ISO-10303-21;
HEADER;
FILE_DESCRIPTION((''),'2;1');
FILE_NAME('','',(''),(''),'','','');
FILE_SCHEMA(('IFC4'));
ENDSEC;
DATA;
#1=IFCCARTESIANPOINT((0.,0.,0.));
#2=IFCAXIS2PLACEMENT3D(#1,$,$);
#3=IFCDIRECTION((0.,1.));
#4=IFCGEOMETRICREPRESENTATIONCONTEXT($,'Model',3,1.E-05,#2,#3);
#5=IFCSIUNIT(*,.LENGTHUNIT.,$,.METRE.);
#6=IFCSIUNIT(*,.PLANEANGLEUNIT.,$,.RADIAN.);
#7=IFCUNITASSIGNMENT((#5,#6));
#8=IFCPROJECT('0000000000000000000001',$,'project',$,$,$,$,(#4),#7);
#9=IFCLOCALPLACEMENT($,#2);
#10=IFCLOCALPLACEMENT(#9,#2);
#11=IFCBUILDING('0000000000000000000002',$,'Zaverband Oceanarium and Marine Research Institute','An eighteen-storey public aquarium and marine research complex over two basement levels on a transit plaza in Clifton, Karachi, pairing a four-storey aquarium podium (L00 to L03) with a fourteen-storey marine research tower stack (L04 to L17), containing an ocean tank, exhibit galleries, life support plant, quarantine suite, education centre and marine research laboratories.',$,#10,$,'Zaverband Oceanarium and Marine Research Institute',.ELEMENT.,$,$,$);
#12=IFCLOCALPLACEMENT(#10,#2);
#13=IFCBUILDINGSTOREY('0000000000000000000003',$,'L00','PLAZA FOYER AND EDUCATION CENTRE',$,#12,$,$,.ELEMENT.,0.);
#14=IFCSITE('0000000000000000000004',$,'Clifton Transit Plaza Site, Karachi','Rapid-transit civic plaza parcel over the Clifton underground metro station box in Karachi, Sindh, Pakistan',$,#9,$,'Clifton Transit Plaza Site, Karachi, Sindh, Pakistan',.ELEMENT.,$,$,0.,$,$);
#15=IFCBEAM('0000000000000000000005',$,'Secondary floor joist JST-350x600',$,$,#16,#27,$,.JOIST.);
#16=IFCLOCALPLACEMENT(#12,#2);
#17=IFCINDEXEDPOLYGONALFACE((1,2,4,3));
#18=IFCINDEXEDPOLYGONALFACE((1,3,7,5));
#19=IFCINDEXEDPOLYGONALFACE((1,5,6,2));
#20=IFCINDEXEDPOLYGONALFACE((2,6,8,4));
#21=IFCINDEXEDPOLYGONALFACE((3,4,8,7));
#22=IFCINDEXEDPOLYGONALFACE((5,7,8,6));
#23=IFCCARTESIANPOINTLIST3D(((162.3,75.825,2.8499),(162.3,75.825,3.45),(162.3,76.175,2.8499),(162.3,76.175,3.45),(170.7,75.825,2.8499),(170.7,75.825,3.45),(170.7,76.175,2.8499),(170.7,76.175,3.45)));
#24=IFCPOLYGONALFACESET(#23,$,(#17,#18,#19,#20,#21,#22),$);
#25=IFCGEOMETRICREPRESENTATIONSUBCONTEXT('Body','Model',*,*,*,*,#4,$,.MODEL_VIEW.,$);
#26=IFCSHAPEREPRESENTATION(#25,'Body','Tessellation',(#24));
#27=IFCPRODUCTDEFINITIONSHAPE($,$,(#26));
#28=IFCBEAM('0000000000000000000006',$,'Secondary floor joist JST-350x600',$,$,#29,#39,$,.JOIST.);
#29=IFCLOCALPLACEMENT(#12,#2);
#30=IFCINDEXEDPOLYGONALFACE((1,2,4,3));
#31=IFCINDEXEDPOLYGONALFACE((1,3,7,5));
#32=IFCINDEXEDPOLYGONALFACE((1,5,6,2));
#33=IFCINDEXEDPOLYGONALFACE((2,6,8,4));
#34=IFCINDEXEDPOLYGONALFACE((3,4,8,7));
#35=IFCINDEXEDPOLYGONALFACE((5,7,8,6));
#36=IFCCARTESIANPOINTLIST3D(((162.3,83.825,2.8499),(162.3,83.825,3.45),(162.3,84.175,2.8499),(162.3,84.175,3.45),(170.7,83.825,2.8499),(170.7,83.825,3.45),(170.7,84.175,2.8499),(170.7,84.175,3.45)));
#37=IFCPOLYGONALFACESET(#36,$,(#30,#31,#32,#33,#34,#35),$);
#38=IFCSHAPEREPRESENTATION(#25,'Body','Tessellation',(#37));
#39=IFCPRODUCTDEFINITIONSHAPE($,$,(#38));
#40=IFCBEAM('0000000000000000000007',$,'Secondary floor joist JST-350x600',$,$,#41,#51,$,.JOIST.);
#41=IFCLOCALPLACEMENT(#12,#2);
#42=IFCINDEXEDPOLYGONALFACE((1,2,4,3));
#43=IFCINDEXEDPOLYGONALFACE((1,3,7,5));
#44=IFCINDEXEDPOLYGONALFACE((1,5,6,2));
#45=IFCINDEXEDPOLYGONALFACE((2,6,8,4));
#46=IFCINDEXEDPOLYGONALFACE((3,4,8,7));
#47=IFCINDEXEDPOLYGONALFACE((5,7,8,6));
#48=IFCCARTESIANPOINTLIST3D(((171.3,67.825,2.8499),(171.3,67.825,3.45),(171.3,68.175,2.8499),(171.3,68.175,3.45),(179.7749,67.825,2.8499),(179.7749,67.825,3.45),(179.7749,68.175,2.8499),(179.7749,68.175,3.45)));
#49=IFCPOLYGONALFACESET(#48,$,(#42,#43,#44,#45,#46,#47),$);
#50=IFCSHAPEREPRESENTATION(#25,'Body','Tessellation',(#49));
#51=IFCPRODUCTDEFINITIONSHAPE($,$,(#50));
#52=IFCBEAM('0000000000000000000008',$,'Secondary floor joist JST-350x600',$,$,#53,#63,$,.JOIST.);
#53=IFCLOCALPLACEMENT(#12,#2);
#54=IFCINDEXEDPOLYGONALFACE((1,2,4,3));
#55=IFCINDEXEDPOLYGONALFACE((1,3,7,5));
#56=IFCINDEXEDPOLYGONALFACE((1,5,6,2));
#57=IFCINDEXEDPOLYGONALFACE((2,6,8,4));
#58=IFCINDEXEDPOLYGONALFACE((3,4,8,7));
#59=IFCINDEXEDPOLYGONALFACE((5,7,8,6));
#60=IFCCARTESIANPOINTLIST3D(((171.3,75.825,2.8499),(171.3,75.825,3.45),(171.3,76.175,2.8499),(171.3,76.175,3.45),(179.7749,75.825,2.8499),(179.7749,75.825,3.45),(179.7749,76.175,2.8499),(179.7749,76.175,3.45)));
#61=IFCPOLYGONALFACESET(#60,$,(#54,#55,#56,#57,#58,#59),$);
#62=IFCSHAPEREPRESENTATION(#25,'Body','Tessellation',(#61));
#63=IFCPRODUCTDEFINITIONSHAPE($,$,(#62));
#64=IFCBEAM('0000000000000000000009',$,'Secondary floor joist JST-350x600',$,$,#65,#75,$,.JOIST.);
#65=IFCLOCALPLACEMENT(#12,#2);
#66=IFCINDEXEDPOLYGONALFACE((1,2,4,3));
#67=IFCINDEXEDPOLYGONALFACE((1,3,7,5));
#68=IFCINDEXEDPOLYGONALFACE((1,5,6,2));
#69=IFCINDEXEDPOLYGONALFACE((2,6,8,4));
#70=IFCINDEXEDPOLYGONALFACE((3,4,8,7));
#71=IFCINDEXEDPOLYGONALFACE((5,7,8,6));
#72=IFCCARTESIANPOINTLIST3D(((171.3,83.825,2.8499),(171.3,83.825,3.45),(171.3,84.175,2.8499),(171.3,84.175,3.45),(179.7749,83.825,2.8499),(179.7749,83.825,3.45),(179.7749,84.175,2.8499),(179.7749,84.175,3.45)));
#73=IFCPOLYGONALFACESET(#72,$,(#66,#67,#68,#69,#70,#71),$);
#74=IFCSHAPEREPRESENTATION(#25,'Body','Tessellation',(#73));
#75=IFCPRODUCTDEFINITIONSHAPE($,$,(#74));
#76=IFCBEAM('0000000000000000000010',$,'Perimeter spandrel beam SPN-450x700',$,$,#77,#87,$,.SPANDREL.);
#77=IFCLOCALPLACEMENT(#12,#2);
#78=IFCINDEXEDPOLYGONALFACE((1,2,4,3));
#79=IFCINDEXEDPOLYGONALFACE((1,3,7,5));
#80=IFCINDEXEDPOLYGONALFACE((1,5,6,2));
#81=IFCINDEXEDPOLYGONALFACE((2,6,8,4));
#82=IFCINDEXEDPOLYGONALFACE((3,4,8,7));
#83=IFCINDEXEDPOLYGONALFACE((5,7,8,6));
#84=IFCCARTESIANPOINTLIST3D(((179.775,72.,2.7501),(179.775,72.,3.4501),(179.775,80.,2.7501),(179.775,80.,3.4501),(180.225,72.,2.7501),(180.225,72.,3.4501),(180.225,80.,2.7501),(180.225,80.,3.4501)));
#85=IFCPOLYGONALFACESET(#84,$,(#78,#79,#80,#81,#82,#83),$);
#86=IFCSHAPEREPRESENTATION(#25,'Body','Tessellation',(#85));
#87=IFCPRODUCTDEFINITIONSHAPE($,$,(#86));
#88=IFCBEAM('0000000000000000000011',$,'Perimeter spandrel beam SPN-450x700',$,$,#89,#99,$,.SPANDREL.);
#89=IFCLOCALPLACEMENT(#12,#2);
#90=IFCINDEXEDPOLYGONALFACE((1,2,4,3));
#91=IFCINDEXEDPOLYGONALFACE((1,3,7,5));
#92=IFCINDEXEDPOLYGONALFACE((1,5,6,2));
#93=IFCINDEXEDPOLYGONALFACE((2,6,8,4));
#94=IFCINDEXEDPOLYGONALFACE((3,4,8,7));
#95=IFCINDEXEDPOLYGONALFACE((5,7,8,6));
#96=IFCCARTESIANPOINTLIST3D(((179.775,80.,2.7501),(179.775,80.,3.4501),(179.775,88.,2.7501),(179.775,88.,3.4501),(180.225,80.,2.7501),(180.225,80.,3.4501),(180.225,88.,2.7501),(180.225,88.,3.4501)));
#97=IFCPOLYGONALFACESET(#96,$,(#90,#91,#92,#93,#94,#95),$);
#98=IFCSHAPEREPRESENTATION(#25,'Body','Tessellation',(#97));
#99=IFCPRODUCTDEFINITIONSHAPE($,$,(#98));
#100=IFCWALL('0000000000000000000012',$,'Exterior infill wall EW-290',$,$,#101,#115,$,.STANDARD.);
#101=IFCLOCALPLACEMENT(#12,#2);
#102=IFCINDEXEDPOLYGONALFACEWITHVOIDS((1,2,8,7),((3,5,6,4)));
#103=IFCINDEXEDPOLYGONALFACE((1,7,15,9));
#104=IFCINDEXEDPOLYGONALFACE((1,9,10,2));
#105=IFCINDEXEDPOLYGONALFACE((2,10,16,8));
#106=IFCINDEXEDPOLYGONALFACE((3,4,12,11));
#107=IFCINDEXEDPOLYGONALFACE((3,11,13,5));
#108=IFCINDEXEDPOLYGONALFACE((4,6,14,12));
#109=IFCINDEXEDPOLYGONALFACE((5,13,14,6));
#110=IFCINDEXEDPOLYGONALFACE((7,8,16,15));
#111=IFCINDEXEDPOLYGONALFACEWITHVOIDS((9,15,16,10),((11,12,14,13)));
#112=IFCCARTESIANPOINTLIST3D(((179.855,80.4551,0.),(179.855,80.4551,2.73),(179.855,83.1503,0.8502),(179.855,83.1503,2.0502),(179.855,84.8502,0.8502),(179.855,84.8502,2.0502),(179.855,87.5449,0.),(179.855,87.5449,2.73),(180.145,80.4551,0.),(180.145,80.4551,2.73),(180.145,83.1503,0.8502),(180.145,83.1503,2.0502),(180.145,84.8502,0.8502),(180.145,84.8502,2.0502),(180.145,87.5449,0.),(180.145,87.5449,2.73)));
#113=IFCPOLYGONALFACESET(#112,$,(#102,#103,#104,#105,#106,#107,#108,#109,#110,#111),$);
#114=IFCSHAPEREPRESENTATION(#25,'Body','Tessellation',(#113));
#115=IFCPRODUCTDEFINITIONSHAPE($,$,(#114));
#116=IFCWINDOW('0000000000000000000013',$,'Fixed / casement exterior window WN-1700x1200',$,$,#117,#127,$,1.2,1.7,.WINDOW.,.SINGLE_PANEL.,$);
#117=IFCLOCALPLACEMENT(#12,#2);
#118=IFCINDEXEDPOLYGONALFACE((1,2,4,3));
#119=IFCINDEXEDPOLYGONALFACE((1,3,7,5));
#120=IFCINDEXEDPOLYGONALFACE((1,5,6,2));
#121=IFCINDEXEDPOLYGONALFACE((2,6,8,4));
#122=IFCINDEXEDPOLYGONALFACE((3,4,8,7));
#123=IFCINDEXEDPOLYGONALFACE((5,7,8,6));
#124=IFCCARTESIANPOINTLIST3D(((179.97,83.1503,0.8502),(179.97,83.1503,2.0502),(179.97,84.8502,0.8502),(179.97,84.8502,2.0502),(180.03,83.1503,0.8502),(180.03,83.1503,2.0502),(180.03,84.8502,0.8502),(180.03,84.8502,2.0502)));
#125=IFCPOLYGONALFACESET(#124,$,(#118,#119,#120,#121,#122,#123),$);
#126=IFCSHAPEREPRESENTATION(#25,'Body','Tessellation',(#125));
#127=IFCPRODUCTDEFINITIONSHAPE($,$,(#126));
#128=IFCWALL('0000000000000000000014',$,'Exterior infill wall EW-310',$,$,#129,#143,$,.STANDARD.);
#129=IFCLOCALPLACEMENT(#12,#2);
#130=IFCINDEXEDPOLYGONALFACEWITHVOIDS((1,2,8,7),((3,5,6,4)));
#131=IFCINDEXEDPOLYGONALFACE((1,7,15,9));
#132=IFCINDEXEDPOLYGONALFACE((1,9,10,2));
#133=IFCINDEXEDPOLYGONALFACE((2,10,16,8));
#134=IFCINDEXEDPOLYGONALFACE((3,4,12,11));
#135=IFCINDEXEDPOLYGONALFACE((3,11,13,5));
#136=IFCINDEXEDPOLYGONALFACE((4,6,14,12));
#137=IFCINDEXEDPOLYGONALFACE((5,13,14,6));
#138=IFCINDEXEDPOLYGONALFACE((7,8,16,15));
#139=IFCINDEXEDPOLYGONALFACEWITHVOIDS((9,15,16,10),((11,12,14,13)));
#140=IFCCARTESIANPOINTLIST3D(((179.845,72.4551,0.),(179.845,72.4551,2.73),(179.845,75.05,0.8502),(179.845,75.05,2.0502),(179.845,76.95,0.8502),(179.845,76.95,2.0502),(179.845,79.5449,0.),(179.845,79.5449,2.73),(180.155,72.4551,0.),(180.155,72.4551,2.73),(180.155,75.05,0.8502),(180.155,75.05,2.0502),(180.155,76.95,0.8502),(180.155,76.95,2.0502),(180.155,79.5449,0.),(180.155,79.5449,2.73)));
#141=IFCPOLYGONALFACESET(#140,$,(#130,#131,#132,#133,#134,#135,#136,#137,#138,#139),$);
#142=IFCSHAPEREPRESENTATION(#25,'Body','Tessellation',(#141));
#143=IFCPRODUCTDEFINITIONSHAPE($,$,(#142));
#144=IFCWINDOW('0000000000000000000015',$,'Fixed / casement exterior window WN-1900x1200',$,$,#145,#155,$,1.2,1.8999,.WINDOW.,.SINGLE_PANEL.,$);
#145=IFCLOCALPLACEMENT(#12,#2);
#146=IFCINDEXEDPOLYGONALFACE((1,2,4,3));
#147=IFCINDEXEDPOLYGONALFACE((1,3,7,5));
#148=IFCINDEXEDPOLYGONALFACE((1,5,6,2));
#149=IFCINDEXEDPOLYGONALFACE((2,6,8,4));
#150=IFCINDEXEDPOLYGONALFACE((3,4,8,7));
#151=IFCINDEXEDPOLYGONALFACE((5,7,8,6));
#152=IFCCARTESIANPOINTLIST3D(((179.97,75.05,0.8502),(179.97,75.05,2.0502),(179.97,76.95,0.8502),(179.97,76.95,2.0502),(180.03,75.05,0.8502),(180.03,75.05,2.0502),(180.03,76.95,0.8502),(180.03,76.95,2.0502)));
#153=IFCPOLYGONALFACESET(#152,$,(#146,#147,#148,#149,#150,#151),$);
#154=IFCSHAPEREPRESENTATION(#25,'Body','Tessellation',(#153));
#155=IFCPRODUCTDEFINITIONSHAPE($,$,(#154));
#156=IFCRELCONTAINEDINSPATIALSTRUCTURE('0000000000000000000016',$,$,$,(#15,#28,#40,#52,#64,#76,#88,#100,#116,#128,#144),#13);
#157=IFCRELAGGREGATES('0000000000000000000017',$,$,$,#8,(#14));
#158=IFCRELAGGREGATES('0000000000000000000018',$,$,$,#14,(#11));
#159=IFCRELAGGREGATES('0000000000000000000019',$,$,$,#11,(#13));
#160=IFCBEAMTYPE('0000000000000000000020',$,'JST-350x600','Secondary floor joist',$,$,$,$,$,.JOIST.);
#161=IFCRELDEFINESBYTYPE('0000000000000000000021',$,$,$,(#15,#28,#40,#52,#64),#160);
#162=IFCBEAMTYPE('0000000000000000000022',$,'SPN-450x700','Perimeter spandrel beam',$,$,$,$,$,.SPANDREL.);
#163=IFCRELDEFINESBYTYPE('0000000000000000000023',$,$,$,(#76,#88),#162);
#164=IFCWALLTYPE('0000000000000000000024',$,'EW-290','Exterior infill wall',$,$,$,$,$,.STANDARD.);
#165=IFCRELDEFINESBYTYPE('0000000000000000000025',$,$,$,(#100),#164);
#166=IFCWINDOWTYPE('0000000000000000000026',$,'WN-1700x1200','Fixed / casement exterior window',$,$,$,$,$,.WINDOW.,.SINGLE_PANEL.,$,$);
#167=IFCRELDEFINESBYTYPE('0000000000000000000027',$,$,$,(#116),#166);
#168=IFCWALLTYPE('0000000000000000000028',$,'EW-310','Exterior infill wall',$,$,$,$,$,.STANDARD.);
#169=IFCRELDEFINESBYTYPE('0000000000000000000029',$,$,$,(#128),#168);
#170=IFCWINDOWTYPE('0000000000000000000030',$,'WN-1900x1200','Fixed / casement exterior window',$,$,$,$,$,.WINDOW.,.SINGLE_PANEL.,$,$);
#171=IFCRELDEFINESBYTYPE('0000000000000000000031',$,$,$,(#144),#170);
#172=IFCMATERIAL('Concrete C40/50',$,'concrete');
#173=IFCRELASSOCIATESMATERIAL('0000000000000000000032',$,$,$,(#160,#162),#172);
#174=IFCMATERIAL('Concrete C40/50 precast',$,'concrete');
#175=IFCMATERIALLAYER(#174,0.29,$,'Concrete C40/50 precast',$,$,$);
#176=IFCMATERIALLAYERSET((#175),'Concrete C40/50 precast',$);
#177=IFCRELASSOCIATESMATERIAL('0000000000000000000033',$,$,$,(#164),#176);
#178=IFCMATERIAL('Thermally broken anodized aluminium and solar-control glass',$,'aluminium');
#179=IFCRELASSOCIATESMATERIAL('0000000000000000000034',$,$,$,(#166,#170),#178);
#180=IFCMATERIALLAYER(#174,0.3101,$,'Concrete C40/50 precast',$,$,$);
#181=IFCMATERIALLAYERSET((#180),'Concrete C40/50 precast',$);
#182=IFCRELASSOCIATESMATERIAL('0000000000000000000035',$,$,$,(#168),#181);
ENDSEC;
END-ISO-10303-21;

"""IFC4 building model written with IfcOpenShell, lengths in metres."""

from ifc_helpers import new_model, si_unit, direction, frame, frame_2d, origin, origin_2d, place, context, subcontext, project, spatial, rectangle, extrude, material, layer, layer_set, material_profile, profile_set, type_object, element, fill, save


model = new_model("IFC4")

# Units and contexts
model_context = context("Model", 3, precision=1e-05, world=origin(), true_north=direction((0.0, 1.0)))
body_context = subcontext(model_context, "Body", "Model", "MODEL_VIEW")
ifc_project = project(units=[si_unit("LENGTHUNIT", "METRE"), si_unit("PLANEANGLEUNIT", "RADIAN")], contexts=[model_context])

# Site, building, storey
site_placement = place(None, origin())
site = spatial("IfcSite", under=ifc_project, at=site_placement, Name="Clifton Transit Plaza Site, Karachi", Description="Rapid-transit civic plaza parcel over the Clifton underground metro station box in Karachi, Sindh, Pakistan", LongName="Clifton Transit Plaza Site, Karachi, Sindh, Pakistan", CompositionType="ELEMENT", RefElevation=0.0)
building_placement = place(site_placement, origin())
building = spatial("IfcBuilding", under=site, at=building_placement, Name="Zaverband Oceanarium and Marine Research Institute", Description="An eighteen-storey public aquarium and marine research complex over two basement levels on a transit plaza in Clifton, Karachi, pairing a four-storey aquarium podium (L00 to L03) with a fourteen-storey marine research tower stack (L04 to L17), containing an ocean tank, exhibit galleries, life support plant, quarantine suite, education centre and marine research laboratories.", LongName="Zaverband Oceanarium and Marine Research Institute", CompositionType="ELEMENT")
storey_placement = place(building_placement, origin())
storey = spatial("IfcBuildingStorey", under=building, at=storey_placement, Name="L00", Description="PLAZA FOYER AND EDUCATION CENTRE", CompositionType="ELEMENT", Elevation=0.0)

# Beams
ifc_material_1 = material(Name="Concrete C40/50", Category="concrete")
ifc_material_profile_1 = material_profile(ifc_material_1, rectangle(XDim=0.3501, YDim=0.6001, at=origin_2d()), Name="RC350x600")
ifc_profile_set_1 = profile_set([ifc_material_profile_1], Name="Concrete C40/50")
beam_type_1 = type_object("IfcBeamType", Name="JST-350x600", Description="Secondary floor joist", PredefinedType="JOIST", material=ifc_profile_set_1)
for number, where, z_axis, x_axis, name in (
    (1, (162.3, 76.0, 3.1499), (1.0, 0.0, 0.0), (0.0, 1.0, 0.0), "Secondary floor joist JST-350x600"),
    (2, (162.3, 84.0, 3.1499), (1.0, 0.0, 0.0), (0.0, 1.0, 0.0), "Secondary floor joist JST-350x600"),
):
    element("IfcBeam", number, at=place(storey_placement, frame(where, z_axis=z_axis, x_axis=x_axis)), inside=storey, type_object=beam_type_1, Name=name, PredefinedType="JOIST", context=body_context, shape_type="SweptSolid", body=[
        extrude(rectangle(XDim=0.3501, YDim=0.6001, at=origin_2d()), origin(), (0.0, 0.0, 1.0), 8.3999),
    ])
for number, where, z_axis, x_axis, name in (
    (3, (171.3, 68.0, 3.1499), (1.0, 0.0, 0.0), (0.0, 1.0, 0.0), "Secondary floor joist JST-350x600"),
    (4, (171.3, 76.0, 3.1499), (1.0, 0.0, 0.0), (0.0, 1.0, 0.0), "Secondary floor joist JST-350x600"),
    (5, (171.3, 84.0, 3.1499), (1.0, 0.0, 0.0), (0.0, 1.0, 0.0), "Secondary floor joist JST-350x600"),
):
    element("IfcBeam", number, at=place(storey_placement, frame(where, z_axis=z_axis, x_axis=x_axis)), inside=storey, type_object=beam_type_1, Name=name, PredefinedType="JOIST", context=body_context, shape_type="SweptSolid", body=[
        extrude(rectangle(XDim=0.3501, YDim=0.6001, at=origin_2d()), origin(), (0.0, 0.0, 1.0), 8.4749),
    ])
ifc_material_profile_2 = material_profile(ifc_material_1, rectangle(XDim=0.45, YDim=0.7, at=origin_2d()), Name="RC450x700")
ifc_profile_set_2 = profile_set([ifc_material_profile_2], Name="Concrete C40/50")
beam_type_2 = type_object("IfcBeamType", Name="SPN-450x700", Description="Perimeter spandrel beam", PredefinedType="SPANDREL", material=ifc_profile_set_2)
for number, where, z_axis, x_axis, name in (
    (6, (180.0, 72.0, 3.1001), (0.0, 1.0, 0.0), (-1.0, 0.0, 0.0), "Perimeter spandrel beam SPN-450x700"),
    (7, (180.0, 80.0, 3.1001), (0.0, 1.0, 0.0), (-1.0, 0.0, 0.0), "Perimeter spandrel beam SPN-450x700"),
):
    element("IfcBeam", number, at=place(storey_placement, frame(where, z_axis=z_axis, x_axis=x_axis)), inside=storey, type_object=beam_type_2, Name=name, PredefinedType="SPANDREL", context=body_context, shape_type="SweptSolid", body=[
        extrude(rectangle(XDim=0.45, YDim=0.7, at=origin_2d()), origin(), (0.0, 0.0, 1.0), 8.0),
    ])

# Walls, openings, windows
ifc_material_2 = material(Name="Concrete C40/50 precast", Category="concrete")
ifc_layer_1 = layer(ifc_material_2, 0.29, Name="Concrete C40/50 precast")
ifc_layer_set_1 = layer_set([ifc_layer_1], Name="Concrete C40/50 precast")
wall_type_1 = type_object("IfcWallType", Name="EW-290", Description="Exterior infill wall", PredefinedType="STANDARD", material=ifc_layer_set_1)
wall_1_placement = place(storey_placement, frame((180.0, 80.4551, 0.0), z_axis=(0.0, 0.0, 1.0), x_axis=(0.0, 1.0, 0.0)))
wall_1 = element("IfcWall", 8, at=wall_1_placement, inside=storey, type_object=wall_type_1, Name="Exterior infill wall EW-290", PredefinedType="STANDARD", context=body_context, shape_type="SweptSolid", body=[
    extrude(rectangle(XDim=7.0898, YDim=0.29, at=frame_2d((3.5449, 0.0))), origin(), (0.0, 0.0, 1.0), 2.73),
])
opening_1_placement = place(wall_1_placement, frame((2.6951, 0.0, 0.8501)))
opening_1 = element("IfcOpeningElement", 9, at=opening_1_placement, cuts=wall_1, PredefinedType="OPENING", context=body_context, shape_type="SweptSolid", body=[
    extrude(rectangle(XDim=1.7, YDim=1.2, at=frame_2d((0.8501, 0.6001))), frame((0.0, 0.157, 0.0), z_axis=(0.0, -1.0, 0.0), x_axis=(1.0, 0.0, 0.0)), (0.0, 0.0, 1.0), 0.314),
])
ifc_material_3 = material(Name="Thermally broken anodized aluminium and solar-control glass", Category="aluminium")
window_type_1 = type_object("IfcWindowType", Name="WN-1700x1200", Description="Fixed / casement exterior window", PartitioningType="SINGLE_PANEL", PredefinedType="WINDOW", material=ifc_material_3)
window_1_placement = place(opening_1_placement, origin())
window_1 = element("IfcWindow", 10, at=window_1_placement, inside=storey, type_object=window_type_1, Name="Fixed / casement exterior window WN-1700x1200", OverallHeight=1.2, OverallWidth=1.7, PartitioningType="SINGLE_PANEL", PredefinedType="WINDOW", context=body_context, shape_type="SweptSolid", body=[
    extrude(rectangle(XDim=1.7, YDim=1.2, at=frame_2d((0.8501, 0.6001))), frame((0.0, 0.03, 0.0), z_axis=(0.0, -1.0, 0.0), x_axis=(1.0, 0.0, 0.0)), (0.0, 0.0, 1.0), 0.0601),
])
fill(opening_1, window_1)
ifc_layer_2 = layer(ifc_material_2, 0.3101, Name="Concrete C40/50 precast")
ifc_layer_set_2 = layer_set([ifc_layer_2], Name="Concrete C40/50 precast")
wall_type_2 = type_object("IfcWallType", Name="EW-310", Description="Exterior infill wall", PredefinedType="STANDARD", material=ifc_layer_set_2)
wall_2_placement = place(storey_placement, frame((180.0, 72.4551, 0.0), z_axis=(0.0, 0.0, 1.0), x_axis=(0.0, 1.0, 0.0)))
wall_2 = element("IfcWall", 11, at=wall_2_placement, inside=storey, type_object=wall_type_2, Name="Exterior infill wall EW-310", PredefinedType="STANDARD", context=body_context, shape_type="SweptSolid", body=[
    extrude(rectangle(XDim=7.0898, YDim=0.3101, at=frame_2d((3.5449, 0.0))), origin(), (0.0, 0.0, 1.0), 2.73),
])
opening_2_placement = place(wall_2_placement, frame((2.595, 0.0, 0.8501)))
opening_2 = element("IfcOpeningElement", 12, at=opening_2_placement, cuts=wall_2, PredefinedType="OPENING", context=body_context, shape_type="SweptSolid", body=[
    extrude(rectangle(XDim=1.8999, YDim=1.2, at=frame_2d((0.95, 0.6001))), frame((0.0, 0.167, 0.0), z_axis=(0.0, -1.0, 0.0), x_axis=(1.0, 0.0, 0.0)), (0.0, 0.0, 1.0), 0.334),
])
window_type_2 = type_object("IfcWindowType", Name="WN-1900x1200", Description="Fixed / casement exterior window", PartitioningType="SINGLE_PANEL", PredefinedType="WINDOW", material=ifc_material_3)
window_2_placement = place(opening_2_placement, origin())
window_2 = element("IfcWindow", 13, at=window_2_placement, inside=storey, type_object=window_type_2, Name="Fixed / casement exterior window WN-1900x1200", OverallHeight=1.2, OverallWidth=1.8999, PartitioningType="SINGLE_PANEL", PredefinedType="WINDOW", context=body_context, shape_type="SweptSolid", body=[
    extrude(rectangle(XDim=1.8999, YDim=1.2, at=frame_2d((0.95, 0.6001))), frame((0.0, 0.03, 0.0), z_axis=(0.0, -1.0, 0.0), x_axis=(1.0, 0.0, 0.0)), (0.0, 0.0, 1.0), 0.0601),
])
fill(opening_2, window_2)

save(model, "model.ifc")
